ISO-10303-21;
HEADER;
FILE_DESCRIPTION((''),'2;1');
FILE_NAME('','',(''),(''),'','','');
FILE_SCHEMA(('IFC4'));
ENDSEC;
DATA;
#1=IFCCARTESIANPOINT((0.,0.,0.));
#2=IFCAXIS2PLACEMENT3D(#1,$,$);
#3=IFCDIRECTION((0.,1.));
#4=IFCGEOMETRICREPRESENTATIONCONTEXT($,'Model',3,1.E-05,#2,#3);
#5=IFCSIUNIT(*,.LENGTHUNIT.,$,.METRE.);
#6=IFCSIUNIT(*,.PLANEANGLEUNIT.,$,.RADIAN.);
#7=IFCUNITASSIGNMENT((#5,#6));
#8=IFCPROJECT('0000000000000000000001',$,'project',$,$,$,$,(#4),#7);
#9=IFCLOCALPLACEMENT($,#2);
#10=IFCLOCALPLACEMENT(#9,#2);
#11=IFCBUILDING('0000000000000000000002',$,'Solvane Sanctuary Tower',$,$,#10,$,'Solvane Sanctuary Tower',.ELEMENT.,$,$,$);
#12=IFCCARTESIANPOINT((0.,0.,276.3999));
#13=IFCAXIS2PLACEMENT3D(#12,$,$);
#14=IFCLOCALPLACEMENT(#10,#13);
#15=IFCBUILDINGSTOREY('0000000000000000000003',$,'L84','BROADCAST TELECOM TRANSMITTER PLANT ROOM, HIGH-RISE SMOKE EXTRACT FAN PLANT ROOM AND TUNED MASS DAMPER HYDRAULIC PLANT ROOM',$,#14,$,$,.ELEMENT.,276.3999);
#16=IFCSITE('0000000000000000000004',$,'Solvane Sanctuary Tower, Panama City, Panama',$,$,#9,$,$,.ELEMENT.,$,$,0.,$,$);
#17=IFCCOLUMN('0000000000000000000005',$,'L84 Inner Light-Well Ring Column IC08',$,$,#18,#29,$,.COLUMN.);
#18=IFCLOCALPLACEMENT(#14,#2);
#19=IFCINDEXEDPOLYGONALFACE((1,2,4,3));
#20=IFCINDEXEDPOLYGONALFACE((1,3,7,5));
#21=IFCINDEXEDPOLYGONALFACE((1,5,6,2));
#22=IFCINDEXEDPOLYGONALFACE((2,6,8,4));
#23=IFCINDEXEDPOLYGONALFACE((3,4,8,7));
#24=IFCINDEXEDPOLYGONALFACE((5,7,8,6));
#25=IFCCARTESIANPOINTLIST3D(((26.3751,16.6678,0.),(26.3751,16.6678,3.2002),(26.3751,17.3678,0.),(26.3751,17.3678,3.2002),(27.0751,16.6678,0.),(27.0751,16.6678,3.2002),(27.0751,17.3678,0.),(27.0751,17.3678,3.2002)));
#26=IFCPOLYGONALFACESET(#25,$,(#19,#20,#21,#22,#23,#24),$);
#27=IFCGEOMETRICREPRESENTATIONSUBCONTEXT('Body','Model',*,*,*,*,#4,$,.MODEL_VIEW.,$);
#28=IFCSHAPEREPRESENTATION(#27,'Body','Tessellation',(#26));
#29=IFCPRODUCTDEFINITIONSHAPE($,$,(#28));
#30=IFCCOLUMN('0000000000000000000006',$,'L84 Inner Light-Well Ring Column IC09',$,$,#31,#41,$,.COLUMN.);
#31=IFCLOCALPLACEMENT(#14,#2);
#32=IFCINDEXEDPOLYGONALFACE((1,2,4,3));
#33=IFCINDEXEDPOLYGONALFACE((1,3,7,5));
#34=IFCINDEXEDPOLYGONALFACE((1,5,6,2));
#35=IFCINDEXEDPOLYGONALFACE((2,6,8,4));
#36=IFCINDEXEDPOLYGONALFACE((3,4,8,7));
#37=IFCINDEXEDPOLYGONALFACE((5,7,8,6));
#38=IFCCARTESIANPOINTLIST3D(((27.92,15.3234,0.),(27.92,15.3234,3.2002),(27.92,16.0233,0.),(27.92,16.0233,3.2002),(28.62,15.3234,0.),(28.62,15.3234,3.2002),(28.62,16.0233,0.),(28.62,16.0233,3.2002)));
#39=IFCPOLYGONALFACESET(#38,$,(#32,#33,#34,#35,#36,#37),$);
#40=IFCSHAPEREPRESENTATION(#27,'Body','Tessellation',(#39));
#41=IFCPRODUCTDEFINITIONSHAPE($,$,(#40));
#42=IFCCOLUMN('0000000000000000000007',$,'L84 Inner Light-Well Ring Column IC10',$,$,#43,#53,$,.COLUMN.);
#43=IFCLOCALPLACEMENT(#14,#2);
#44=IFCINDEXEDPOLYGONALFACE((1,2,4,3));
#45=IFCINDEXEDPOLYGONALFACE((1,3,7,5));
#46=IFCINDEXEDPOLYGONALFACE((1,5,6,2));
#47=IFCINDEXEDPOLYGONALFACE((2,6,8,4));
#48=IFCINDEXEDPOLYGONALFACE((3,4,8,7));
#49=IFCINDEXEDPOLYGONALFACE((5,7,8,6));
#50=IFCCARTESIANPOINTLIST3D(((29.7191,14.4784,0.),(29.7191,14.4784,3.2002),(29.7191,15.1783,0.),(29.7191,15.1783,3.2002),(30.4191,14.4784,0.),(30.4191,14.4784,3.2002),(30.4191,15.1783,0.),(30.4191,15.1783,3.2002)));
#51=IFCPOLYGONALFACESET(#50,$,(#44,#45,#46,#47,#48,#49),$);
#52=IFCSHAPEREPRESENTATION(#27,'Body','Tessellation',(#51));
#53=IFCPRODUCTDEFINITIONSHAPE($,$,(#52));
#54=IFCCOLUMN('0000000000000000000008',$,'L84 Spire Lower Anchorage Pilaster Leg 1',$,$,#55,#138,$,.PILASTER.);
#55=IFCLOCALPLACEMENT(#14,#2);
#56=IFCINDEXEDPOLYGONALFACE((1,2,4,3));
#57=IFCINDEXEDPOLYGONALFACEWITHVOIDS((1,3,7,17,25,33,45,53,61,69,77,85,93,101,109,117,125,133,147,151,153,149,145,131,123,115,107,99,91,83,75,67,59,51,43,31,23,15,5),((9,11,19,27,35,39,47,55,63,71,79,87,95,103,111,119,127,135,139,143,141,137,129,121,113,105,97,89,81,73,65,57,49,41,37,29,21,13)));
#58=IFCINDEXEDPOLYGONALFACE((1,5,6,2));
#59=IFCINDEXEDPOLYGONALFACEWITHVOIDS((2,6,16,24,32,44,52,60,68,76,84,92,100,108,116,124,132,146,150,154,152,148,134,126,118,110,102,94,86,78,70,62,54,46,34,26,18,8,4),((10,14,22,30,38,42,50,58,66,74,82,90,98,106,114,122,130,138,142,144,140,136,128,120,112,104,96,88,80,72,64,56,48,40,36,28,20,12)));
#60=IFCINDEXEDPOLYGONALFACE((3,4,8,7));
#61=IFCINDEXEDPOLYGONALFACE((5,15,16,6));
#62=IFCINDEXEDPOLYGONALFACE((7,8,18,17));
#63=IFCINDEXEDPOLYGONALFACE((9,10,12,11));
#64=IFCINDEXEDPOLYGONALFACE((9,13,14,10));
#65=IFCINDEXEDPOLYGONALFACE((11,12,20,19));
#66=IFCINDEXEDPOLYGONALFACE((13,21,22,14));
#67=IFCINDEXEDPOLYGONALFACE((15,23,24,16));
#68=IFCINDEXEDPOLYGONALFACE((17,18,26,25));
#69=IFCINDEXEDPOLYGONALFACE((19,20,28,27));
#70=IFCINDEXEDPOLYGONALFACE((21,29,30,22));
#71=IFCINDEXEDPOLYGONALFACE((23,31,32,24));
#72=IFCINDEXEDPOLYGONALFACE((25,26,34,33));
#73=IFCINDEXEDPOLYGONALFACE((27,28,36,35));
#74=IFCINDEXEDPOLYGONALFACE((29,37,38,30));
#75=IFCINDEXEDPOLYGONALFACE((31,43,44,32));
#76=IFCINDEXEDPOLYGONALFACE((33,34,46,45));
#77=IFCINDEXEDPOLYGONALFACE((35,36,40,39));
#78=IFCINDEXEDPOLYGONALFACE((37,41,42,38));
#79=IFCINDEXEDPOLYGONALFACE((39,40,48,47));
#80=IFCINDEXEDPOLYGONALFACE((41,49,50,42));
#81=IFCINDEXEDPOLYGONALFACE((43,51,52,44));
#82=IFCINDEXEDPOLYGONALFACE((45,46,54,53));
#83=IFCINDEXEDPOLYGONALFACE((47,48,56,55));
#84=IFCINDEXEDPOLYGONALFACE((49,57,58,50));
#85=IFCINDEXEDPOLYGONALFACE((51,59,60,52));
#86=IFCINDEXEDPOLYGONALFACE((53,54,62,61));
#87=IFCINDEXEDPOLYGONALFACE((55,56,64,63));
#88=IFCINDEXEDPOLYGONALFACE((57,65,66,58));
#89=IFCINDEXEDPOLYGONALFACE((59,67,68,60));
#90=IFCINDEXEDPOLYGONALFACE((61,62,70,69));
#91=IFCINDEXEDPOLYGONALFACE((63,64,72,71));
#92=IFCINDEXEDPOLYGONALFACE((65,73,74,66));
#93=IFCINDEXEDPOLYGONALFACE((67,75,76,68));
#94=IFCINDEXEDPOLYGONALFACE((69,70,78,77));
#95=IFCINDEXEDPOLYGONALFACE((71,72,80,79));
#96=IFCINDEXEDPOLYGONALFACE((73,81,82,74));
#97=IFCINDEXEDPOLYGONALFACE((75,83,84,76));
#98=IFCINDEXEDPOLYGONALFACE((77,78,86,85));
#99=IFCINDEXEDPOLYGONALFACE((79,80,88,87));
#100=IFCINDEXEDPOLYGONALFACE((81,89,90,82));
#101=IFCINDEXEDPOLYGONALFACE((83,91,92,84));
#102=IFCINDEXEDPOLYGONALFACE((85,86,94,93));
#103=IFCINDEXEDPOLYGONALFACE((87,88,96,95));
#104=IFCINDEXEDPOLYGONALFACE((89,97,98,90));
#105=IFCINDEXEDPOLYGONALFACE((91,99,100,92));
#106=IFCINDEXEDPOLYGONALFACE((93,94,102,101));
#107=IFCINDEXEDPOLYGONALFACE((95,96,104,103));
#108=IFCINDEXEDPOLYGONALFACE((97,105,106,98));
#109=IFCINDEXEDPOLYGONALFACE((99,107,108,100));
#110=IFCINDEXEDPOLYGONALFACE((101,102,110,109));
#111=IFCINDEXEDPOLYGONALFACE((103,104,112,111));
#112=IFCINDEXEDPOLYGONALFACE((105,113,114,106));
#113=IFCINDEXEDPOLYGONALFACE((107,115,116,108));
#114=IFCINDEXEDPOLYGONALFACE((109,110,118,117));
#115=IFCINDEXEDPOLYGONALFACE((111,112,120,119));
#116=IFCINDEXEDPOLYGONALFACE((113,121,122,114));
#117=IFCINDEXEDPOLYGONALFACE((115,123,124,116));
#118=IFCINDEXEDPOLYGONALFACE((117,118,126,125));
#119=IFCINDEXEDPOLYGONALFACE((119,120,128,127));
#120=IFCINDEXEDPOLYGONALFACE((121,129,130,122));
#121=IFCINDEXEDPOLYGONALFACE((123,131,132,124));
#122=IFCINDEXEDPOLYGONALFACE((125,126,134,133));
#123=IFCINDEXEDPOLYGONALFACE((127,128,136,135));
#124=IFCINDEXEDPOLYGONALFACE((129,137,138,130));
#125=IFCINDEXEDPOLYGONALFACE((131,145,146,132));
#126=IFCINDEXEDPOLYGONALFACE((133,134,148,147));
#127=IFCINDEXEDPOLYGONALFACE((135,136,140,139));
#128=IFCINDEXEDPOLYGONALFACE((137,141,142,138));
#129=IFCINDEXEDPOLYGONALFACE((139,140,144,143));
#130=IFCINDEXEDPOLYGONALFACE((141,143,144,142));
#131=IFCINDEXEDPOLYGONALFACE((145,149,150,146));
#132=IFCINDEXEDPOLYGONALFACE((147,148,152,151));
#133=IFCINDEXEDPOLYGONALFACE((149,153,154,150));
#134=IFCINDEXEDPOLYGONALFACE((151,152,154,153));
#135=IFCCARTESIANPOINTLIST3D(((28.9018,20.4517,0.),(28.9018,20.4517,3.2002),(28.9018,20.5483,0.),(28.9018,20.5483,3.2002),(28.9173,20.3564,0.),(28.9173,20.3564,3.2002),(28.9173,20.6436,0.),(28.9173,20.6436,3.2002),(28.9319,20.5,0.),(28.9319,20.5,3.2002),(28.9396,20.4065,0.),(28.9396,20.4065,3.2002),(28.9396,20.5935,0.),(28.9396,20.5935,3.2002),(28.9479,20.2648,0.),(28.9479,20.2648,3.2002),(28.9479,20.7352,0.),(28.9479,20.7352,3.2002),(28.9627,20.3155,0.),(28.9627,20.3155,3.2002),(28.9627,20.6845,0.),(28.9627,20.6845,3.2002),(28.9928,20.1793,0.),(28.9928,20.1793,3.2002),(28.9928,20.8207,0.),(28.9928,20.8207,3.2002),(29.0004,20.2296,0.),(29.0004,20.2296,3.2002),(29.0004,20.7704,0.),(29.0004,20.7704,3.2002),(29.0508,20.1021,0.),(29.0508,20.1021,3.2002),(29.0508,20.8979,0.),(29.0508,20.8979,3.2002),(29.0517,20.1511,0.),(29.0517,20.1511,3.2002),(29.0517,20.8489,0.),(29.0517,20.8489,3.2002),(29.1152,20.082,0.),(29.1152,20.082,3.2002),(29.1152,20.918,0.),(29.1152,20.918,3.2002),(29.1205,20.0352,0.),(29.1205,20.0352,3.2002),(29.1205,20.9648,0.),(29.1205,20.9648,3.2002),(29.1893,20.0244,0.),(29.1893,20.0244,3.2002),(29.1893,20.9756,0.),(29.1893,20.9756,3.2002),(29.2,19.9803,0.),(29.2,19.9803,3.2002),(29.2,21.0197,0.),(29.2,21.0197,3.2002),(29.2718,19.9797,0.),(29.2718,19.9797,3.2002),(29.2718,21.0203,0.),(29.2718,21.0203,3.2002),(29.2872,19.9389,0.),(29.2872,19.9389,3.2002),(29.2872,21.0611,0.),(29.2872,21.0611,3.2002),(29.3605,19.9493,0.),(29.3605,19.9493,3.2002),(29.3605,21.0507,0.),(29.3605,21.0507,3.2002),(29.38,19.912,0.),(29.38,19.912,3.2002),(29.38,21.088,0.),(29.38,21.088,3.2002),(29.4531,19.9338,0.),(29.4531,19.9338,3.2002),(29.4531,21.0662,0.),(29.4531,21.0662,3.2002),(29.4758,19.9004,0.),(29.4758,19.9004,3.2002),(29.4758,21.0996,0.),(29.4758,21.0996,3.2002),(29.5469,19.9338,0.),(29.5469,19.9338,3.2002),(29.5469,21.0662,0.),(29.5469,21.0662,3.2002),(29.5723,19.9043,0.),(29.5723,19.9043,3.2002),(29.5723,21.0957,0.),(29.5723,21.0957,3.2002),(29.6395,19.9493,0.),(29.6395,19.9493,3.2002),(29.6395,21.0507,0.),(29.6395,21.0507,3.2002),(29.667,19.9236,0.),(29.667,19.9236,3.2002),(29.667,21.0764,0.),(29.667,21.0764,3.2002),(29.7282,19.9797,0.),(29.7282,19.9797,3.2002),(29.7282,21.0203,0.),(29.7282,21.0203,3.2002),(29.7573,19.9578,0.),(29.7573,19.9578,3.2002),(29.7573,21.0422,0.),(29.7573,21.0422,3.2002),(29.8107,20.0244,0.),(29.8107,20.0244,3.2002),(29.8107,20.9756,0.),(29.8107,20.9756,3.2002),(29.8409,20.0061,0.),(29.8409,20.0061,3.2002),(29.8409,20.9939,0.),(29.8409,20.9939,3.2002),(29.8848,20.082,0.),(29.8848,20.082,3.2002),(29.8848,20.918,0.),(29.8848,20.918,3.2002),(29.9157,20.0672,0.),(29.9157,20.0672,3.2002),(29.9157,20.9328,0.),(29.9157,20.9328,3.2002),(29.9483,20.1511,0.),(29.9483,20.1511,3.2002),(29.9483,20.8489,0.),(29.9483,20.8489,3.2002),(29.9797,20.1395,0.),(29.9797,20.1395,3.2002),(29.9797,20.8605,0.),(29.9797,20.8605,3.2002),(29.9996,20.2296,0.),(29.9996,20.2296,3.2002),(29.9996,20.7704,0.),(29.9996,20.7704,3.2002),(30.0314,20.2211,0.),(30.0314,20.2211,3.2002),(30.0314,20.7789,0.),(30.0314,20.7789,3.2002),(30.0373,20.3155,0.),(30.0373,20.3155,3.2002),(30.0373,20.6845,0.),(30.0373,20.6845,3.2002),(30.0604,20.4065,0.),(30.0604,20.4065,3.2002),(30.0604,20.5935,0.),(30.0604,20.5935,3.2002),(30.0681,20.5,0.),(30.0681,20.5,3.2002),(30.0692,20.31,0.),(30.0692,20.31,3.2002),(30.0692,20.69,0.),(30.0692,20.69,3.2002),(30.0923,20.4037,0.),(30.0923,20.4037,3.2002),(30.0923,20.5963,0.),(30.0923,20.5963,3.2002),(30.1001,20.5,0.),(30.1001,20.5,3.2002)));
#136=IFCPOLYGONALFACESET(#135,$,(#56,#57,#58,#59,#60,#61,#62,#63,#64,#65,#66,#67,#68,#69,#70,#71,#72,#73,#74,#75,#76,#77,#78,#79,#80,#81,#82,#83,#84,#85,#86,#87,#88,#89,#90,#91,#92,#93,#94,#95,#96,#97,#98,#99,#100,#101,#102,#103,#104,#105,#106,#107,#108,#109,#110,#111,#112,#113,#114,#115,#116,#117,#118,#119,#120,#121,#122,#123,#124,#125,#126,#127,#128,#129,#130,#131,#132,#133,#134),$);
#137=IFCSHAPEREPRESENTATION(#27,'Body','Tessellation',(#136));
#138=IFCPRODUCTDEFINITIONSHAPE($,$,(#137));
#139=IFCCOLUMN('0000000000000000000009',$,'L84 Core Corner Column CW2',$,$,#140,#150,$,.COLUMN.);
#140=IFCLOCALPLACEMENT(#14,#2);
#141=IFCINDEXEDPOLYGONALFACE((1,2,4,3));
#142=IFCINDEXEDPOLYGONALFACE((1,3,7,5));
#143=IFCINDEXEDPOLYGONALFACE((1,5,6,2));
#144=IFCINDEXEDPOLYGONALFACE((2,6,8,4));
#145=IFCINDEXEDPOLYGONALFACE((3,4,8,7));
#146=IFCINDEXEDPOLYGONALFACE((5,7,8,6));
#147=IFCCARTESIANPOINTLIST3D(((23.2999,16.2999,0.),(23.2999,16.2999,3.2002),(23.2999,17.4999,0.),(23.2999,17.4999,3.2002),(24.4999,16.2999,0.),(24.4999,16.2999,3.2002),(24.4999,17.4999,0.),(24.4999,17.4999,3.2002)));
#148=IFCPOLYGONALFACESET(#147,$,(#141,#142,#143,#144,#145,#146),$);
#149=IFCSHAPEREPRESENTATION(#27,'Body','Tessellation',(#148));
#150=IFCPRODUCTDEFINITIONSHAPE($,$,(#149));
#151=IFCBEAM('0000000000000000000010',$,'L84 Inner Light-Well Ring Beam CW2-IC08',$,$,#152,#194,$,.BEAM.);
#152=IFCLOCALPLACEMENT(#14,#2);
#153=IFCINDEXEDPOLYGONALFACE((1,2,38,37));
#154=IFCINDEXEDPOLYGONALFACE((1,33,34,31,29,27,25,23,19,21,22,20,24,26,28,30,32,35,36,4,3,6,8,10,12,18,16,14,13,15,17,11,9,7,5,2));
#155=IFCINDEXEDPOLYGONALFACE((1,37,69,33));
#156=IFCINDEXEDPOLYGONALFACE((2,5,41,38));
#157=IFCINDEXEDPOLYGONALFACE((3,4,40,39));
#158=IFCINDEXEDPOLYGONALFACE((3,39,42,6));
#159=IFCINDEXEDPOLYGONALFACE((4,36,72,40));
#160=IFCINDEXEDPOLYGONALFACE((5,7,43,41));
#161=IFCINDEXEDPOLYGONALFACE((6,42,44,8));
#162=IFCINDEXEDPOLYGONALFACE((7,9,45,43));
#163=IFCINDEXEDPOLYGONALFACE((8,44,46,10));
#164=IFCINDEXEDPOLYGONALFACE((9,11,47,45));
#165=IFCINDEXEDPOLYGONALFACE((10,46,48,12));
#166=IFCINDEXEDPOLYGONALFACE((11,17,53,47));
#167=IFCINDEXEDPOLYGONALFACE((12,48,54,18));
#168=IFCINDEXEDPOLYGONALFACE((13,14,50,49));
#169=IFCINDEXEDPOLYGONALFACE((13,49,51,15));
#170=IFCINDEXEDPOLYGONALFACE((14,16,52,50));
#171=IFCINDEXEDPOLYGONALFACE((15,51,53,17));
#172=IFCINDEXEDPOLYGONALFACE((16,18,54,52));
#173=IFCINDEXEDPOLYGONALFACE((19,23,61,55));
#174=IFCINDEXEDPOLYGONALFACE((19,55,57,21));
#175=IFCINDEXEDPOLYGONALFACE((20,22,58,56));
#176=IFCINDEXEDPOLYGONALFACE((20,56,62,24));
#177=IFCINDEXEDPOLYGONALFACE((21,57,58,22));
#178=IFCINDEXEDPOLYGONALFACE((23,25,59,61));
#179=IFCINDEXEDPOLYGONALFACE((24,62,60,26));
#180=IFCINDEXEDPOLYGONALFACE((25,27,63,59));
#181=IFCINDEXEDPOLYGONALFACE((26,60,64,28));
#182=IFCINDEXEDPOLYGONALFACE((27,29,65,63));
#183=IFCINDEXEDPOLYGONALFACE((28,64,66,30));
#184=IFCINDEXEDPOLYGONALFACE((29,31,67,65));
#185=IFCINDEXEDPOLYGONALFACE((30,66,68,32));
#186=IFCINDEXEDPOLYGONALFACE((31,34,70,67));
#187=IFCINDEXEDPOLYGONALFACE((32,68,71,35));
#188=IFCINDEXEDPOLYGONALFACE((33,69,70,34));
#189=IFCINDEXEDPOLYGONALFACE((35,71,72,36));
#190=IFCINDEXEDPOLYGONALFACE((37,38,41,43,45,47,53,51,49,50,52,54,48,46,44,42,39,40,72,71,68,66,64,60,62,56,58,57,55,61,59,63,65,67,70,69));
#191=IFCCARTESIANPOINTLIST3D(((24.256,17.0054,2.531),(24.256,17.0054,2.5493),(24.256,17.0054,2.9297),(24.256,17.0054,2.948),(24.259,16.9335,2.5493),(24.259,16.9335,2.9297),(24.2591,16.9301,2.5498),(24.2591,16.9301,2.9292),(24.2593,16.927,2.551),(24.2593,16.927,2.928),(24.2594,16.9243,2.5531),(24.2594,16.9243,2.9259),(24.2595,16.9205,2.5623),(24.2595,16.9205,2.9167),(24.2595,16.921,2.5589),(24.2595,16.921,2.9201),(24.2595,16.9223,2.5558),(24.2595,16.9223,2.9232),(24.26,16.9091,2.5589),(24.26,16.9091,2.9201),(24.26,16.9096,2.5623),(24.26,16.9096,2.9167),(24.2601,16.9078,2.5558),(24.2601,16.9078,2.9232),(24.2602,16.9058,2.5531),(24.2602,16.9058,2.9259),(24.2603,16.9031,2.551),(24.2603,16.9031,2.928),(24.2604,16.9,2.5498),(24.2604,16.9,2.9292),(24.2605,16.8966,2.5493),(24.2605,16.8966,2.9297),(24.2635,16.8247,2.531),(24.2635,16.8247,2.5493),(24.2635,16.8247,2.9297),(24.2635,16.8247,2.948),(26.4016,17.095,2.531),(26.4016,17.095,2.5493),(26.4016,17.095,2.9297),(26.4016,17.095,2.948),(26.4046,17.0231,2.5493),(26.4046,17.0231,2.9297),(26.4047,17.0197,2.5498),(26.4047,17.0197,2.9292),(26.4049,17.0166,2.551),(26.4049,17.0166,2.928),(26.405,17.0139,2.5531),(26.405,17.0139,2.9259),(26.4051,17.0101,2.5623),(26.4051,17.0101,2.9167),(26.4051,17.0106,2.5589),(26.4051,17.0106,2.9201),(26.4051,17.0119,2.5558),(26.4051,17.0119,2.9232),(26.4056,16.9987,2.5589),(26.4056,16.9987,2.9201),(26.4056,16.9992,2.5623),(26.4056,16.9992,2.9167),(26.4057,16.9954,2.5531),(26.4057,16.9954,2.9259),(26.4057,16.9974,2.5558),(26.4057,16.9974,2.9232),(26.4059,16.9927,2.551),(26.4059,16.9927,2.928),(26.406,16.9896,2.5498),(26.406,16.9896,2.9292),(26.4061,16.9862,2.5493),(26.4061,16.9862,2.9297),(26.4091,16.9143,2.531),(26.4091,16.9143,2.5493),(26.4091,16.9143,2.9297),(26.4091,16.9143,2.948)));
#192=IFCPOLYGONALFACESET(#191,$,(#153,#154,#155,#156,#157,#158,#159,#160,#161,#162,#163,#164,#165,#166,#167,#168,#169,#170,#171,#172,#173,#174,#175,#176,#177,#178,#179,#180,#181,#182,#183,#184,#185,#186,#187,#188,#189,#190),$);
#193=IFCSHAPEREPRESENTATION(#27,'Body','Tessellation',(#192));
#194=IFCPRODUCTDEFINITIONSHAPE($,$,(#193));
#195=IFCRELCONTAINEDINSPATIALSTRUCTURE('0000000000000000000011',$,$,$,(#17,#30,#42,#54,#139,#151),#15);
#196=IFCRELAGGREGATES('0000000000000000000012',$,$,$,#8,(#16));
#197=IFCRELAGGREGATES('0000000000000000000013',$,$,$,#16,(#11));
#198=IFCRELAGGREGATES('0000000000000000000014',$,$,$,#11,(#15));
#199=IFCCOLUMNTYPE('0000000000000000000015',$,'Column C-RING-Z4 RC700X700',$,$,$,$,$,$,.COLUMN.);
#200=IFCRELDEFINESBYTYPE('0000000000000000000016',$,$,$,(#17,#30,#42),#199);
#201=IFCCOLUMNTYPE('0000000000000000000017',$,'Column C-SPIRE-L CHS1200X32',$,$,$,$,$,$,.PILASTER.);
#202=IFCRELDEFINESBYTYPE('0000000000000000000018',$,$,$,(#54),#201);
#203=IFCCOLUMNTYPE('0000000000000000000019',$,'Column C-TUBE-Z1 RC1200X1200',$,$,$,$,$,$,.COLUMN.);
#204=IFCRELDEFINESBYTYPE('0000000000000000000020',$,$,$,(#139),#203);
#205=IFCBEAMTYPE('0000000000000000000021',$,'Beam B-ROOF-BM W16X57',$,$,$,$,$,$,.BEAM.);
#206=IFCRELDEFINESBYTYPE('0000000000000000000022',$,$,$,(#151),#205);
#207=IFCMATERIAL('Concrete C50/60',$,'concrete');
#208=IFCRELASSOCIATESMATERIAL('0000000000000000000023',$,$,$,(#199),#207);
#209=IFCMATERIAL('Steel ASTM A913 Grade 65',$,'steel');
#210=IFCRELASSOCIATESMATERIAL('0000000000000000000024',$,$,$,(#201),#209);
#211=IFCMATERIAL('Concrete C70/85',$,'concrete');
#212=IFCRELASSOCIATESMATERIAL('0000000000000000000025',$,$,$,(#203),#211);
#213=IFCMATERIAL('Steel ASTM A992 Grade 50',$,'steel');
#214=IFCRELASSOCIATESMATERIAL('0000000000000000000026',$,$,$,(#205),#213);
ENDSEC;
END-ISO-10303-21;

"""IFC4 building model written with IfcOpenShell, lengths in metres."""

from ifc_helpers import new_model, si_unit, direction, frame, origin, origin_2d, place, context, subcontext, project, spatial, rectangle, hollow_circle, i_section, extrude, material, material_profile, profile_set, type_object, element, save


model = new_model("IFC4")

# Units and contexts
model_context = context("Model", 3, precision=1e-05, world=origin(), true_north=direction((0.0, 1.0)))
body_context = subcontext(model_context, "Body", "Model", "MODEL_VIEW")
ifc_project = project(units=[si_unit("LENGTHUNIT", "METRE"), si_unit("PLANEANGLEUNIT", "RADIAN")], contexts=[model_context])

# Site, building, storey
site_placement = place(None, origin())
site = spatial("IfcSite", under=ifc_project, at=site_placement, Name="Solvane Sanctuary Tower, Panama City, Panama", CompositionType="ELEMENT", RefElevation=0.0)
building_placement = place(site_placement, origin())
building = spatial("IfcBuilding", under=site, at=building_placement, Name="Solvane Sanctuary Tower", LongName="Solvane Sanctuary Tower", CompositionType="ELEMENT")
storey_placement = place(building_placement, frame((0.0, 0.0, 276.3999)))
storey = spatial("IfcBuildingStorey", under=building, at=storey_placement, Name="L84", Description="BROADCAST TELECOM TRANSMITTER PLANT ROOM, HIGH-RISE SMOKE EXTRACT FAN PLANT ROOM AND TUNED MASS DAMPER HYDRAULIC PLANT ROOM", CompositionType="ELEMENT", Elevation=276.3999)

# Columns
ifc_material_1 = material(Name="Concrete C50/60", Category="concrete")
ifc_material_profile_1 = material_profile(ifc_material_1, rectangle(XDim=0.7, YDim=0.7, at=origin_2d()), Name="RC700X700")
ifc_profile_set_1 = profile_set([ifc_material_profile_1], Name="Concrete C50/60")
column_type_1 = type_object("IfcColumnType", Name="Column C-RING-Z4 RC700X700", PredefinedType="COLUMN", material=ifc_profile_set_1)
for number, where, z_axis, x_axis, name in (
    (1, (26.7251, 17.0178, 0.0), (0.0, 0.0, 1.0), (1.0, 0.0, 0.0), "L84 Inner Light-Well Ring Column IC08"),
    (2, (28.27, 15.6733, 0.0), (0.0, 0.0, 1.0), (1.0, 0.0, 0.0), "L84 Inner Light-Well Ring Column IC09"),
    (3, (30.0691, 14.8284, 0.0), (0.0, 0.0, 1.0), (1.0, 0.0, 0.0), "L84 Inner Light-Well Ring Column IC10"),
):
    element("IfcColumn", number, at=place(storey_placement, frame(where, z_axis=z_axis, x_axis=x_axis)), inside=storey, type_object=column_type_1, Name=name, PredefinedType="COLUMN", context=body_context, shape_type="SweptSolid", body=[
        extrude(rectangle(XDim=0.7, YDim=0.7, at=origin_2d()), origin(), (0.0, 0.0, 1.0), 3.2002),
    ])
ifc_material_2 = material(Name="Steel ASTM A913 Grade 65", Category="steel")
ifc_material_profile_2 = material_profile(ifc_material_2, hollow_circle(Radius=0.6001, WallThickness=0.032, at=origin_2d()), Name="CHS1200X32")
ifc_profile_set_2 = profile_set([ifc_material_profile_2], Name="Steel ASTM A913 Grade 65")
column_type_2 = type_object("IfcColumnType", Name="Column C-SPIRE-L CHS1200X32", PredefinedType="PILASTER", material=ifc_profile_set_2)
column_1_placement = place(storey_placement, frame((29.5, 20.5, 0.0), z_axis=(0.0, 0.0, 1.0), x_axis=(1.0, 0.0, 0.0)))
element("IfcColumn", 4, at=column_1_placement, inside=storey, type_object=column_type_2, Name="L84 Spire Lower Anchorage Pilaster Leg 1", PredefinedType="PILASTER", context=body_context, shape_type="SweptSolid", body=[
    extrude(hollow_circle(Radius=0.6001, WallThickness=0.032, at=origin_2d()), origin(), (0.0, 0.0, 1.0), 3.2002),
])
ifc_material_3 = material(Name="Concrete C70/85", Category="concrete")
ifc_material_profile_3 = material_profile(ifc_material_3, rectangle(XDim=1.2, YDim=1.2, at=origin_2d()), Name="RC1200X1200")
ifc_profile_set_3 = profile_set([ifc_material_profile_3], Name="Concrete C70/85")
column_type_3 = type_object("IfcColumnType", Name="Column C-TUBE-Z1 RC1200X1200", PredefinedType="COLUMN", material=ifc_profile_set_3)
column_2_placement = place(storey_placement, frame((23.8999, 16.8999, 0.0), z_axis=(0.0, 0.0, 1.0), x_axis=(1.0, 0.0, 0.0)))
element("IfcColumn", 5, at=column_2_placement, inside=storey, type_object=column_type_3, Name="L84 Core Corner Column CW2", PredefinedType="COLUMN", context=body_context, shape_type="SweptSolid", body=[
    extrude(rectangle(XDim=1.2, YDim=1.2, at=origin_2d()), origin(), (0.0, 0.0, 1.0), 3.2002),
])

# Beam
ifc_material_4 = material(Name="Steel ASTM A992 Grade 50", Category="steel")
ifc_material_profile_4 = material_profile(ifc_material_4, i_section(OverallWidth=0.1809, OverallDepth=0.417, WebThickness=0.011, FlangeThickness=0.0183, FilletRadius=0.0129, at=origin_2d()), Name="W16X57")
ifc_profile_set_4 = profile_set([ifc_material_profile_4], Name="Steel ASTM A992 Grade 50")
beam_type_1 = type_object("IfcBeamType", Name="Beam B-ROOF-BM W16X57", PredefinedType="BEAM", material=ifc_profile_set_4)
beam_1_placement = place(storey_placement, frame((24.2598, 16.915, 2.7395), z_axis=(0.999129, 0.041725, 0.0), x_axis=(-0.041725, 0.999129, 0.0)))
element("IfcBeam", 6, at=beam_1_placement, inside=storey, type_object=beam_type_1, Name="L84 Inner Light-Well Ring Beam CW2-IC08", PredefinedType="BEAM", context=body_context, shape_type="SweptSolid", body=[
    extrude(i_section(OverallWidth=0.1809, OverallDepth=0.417, WebThickness=0.011, FlangeThickness=0.0183, FilletRadius=0.0129, at=origin_2d()), origin(), (0.0, 0.0, 1.0), 2.1475),
])

save(model, "model.ifc")
